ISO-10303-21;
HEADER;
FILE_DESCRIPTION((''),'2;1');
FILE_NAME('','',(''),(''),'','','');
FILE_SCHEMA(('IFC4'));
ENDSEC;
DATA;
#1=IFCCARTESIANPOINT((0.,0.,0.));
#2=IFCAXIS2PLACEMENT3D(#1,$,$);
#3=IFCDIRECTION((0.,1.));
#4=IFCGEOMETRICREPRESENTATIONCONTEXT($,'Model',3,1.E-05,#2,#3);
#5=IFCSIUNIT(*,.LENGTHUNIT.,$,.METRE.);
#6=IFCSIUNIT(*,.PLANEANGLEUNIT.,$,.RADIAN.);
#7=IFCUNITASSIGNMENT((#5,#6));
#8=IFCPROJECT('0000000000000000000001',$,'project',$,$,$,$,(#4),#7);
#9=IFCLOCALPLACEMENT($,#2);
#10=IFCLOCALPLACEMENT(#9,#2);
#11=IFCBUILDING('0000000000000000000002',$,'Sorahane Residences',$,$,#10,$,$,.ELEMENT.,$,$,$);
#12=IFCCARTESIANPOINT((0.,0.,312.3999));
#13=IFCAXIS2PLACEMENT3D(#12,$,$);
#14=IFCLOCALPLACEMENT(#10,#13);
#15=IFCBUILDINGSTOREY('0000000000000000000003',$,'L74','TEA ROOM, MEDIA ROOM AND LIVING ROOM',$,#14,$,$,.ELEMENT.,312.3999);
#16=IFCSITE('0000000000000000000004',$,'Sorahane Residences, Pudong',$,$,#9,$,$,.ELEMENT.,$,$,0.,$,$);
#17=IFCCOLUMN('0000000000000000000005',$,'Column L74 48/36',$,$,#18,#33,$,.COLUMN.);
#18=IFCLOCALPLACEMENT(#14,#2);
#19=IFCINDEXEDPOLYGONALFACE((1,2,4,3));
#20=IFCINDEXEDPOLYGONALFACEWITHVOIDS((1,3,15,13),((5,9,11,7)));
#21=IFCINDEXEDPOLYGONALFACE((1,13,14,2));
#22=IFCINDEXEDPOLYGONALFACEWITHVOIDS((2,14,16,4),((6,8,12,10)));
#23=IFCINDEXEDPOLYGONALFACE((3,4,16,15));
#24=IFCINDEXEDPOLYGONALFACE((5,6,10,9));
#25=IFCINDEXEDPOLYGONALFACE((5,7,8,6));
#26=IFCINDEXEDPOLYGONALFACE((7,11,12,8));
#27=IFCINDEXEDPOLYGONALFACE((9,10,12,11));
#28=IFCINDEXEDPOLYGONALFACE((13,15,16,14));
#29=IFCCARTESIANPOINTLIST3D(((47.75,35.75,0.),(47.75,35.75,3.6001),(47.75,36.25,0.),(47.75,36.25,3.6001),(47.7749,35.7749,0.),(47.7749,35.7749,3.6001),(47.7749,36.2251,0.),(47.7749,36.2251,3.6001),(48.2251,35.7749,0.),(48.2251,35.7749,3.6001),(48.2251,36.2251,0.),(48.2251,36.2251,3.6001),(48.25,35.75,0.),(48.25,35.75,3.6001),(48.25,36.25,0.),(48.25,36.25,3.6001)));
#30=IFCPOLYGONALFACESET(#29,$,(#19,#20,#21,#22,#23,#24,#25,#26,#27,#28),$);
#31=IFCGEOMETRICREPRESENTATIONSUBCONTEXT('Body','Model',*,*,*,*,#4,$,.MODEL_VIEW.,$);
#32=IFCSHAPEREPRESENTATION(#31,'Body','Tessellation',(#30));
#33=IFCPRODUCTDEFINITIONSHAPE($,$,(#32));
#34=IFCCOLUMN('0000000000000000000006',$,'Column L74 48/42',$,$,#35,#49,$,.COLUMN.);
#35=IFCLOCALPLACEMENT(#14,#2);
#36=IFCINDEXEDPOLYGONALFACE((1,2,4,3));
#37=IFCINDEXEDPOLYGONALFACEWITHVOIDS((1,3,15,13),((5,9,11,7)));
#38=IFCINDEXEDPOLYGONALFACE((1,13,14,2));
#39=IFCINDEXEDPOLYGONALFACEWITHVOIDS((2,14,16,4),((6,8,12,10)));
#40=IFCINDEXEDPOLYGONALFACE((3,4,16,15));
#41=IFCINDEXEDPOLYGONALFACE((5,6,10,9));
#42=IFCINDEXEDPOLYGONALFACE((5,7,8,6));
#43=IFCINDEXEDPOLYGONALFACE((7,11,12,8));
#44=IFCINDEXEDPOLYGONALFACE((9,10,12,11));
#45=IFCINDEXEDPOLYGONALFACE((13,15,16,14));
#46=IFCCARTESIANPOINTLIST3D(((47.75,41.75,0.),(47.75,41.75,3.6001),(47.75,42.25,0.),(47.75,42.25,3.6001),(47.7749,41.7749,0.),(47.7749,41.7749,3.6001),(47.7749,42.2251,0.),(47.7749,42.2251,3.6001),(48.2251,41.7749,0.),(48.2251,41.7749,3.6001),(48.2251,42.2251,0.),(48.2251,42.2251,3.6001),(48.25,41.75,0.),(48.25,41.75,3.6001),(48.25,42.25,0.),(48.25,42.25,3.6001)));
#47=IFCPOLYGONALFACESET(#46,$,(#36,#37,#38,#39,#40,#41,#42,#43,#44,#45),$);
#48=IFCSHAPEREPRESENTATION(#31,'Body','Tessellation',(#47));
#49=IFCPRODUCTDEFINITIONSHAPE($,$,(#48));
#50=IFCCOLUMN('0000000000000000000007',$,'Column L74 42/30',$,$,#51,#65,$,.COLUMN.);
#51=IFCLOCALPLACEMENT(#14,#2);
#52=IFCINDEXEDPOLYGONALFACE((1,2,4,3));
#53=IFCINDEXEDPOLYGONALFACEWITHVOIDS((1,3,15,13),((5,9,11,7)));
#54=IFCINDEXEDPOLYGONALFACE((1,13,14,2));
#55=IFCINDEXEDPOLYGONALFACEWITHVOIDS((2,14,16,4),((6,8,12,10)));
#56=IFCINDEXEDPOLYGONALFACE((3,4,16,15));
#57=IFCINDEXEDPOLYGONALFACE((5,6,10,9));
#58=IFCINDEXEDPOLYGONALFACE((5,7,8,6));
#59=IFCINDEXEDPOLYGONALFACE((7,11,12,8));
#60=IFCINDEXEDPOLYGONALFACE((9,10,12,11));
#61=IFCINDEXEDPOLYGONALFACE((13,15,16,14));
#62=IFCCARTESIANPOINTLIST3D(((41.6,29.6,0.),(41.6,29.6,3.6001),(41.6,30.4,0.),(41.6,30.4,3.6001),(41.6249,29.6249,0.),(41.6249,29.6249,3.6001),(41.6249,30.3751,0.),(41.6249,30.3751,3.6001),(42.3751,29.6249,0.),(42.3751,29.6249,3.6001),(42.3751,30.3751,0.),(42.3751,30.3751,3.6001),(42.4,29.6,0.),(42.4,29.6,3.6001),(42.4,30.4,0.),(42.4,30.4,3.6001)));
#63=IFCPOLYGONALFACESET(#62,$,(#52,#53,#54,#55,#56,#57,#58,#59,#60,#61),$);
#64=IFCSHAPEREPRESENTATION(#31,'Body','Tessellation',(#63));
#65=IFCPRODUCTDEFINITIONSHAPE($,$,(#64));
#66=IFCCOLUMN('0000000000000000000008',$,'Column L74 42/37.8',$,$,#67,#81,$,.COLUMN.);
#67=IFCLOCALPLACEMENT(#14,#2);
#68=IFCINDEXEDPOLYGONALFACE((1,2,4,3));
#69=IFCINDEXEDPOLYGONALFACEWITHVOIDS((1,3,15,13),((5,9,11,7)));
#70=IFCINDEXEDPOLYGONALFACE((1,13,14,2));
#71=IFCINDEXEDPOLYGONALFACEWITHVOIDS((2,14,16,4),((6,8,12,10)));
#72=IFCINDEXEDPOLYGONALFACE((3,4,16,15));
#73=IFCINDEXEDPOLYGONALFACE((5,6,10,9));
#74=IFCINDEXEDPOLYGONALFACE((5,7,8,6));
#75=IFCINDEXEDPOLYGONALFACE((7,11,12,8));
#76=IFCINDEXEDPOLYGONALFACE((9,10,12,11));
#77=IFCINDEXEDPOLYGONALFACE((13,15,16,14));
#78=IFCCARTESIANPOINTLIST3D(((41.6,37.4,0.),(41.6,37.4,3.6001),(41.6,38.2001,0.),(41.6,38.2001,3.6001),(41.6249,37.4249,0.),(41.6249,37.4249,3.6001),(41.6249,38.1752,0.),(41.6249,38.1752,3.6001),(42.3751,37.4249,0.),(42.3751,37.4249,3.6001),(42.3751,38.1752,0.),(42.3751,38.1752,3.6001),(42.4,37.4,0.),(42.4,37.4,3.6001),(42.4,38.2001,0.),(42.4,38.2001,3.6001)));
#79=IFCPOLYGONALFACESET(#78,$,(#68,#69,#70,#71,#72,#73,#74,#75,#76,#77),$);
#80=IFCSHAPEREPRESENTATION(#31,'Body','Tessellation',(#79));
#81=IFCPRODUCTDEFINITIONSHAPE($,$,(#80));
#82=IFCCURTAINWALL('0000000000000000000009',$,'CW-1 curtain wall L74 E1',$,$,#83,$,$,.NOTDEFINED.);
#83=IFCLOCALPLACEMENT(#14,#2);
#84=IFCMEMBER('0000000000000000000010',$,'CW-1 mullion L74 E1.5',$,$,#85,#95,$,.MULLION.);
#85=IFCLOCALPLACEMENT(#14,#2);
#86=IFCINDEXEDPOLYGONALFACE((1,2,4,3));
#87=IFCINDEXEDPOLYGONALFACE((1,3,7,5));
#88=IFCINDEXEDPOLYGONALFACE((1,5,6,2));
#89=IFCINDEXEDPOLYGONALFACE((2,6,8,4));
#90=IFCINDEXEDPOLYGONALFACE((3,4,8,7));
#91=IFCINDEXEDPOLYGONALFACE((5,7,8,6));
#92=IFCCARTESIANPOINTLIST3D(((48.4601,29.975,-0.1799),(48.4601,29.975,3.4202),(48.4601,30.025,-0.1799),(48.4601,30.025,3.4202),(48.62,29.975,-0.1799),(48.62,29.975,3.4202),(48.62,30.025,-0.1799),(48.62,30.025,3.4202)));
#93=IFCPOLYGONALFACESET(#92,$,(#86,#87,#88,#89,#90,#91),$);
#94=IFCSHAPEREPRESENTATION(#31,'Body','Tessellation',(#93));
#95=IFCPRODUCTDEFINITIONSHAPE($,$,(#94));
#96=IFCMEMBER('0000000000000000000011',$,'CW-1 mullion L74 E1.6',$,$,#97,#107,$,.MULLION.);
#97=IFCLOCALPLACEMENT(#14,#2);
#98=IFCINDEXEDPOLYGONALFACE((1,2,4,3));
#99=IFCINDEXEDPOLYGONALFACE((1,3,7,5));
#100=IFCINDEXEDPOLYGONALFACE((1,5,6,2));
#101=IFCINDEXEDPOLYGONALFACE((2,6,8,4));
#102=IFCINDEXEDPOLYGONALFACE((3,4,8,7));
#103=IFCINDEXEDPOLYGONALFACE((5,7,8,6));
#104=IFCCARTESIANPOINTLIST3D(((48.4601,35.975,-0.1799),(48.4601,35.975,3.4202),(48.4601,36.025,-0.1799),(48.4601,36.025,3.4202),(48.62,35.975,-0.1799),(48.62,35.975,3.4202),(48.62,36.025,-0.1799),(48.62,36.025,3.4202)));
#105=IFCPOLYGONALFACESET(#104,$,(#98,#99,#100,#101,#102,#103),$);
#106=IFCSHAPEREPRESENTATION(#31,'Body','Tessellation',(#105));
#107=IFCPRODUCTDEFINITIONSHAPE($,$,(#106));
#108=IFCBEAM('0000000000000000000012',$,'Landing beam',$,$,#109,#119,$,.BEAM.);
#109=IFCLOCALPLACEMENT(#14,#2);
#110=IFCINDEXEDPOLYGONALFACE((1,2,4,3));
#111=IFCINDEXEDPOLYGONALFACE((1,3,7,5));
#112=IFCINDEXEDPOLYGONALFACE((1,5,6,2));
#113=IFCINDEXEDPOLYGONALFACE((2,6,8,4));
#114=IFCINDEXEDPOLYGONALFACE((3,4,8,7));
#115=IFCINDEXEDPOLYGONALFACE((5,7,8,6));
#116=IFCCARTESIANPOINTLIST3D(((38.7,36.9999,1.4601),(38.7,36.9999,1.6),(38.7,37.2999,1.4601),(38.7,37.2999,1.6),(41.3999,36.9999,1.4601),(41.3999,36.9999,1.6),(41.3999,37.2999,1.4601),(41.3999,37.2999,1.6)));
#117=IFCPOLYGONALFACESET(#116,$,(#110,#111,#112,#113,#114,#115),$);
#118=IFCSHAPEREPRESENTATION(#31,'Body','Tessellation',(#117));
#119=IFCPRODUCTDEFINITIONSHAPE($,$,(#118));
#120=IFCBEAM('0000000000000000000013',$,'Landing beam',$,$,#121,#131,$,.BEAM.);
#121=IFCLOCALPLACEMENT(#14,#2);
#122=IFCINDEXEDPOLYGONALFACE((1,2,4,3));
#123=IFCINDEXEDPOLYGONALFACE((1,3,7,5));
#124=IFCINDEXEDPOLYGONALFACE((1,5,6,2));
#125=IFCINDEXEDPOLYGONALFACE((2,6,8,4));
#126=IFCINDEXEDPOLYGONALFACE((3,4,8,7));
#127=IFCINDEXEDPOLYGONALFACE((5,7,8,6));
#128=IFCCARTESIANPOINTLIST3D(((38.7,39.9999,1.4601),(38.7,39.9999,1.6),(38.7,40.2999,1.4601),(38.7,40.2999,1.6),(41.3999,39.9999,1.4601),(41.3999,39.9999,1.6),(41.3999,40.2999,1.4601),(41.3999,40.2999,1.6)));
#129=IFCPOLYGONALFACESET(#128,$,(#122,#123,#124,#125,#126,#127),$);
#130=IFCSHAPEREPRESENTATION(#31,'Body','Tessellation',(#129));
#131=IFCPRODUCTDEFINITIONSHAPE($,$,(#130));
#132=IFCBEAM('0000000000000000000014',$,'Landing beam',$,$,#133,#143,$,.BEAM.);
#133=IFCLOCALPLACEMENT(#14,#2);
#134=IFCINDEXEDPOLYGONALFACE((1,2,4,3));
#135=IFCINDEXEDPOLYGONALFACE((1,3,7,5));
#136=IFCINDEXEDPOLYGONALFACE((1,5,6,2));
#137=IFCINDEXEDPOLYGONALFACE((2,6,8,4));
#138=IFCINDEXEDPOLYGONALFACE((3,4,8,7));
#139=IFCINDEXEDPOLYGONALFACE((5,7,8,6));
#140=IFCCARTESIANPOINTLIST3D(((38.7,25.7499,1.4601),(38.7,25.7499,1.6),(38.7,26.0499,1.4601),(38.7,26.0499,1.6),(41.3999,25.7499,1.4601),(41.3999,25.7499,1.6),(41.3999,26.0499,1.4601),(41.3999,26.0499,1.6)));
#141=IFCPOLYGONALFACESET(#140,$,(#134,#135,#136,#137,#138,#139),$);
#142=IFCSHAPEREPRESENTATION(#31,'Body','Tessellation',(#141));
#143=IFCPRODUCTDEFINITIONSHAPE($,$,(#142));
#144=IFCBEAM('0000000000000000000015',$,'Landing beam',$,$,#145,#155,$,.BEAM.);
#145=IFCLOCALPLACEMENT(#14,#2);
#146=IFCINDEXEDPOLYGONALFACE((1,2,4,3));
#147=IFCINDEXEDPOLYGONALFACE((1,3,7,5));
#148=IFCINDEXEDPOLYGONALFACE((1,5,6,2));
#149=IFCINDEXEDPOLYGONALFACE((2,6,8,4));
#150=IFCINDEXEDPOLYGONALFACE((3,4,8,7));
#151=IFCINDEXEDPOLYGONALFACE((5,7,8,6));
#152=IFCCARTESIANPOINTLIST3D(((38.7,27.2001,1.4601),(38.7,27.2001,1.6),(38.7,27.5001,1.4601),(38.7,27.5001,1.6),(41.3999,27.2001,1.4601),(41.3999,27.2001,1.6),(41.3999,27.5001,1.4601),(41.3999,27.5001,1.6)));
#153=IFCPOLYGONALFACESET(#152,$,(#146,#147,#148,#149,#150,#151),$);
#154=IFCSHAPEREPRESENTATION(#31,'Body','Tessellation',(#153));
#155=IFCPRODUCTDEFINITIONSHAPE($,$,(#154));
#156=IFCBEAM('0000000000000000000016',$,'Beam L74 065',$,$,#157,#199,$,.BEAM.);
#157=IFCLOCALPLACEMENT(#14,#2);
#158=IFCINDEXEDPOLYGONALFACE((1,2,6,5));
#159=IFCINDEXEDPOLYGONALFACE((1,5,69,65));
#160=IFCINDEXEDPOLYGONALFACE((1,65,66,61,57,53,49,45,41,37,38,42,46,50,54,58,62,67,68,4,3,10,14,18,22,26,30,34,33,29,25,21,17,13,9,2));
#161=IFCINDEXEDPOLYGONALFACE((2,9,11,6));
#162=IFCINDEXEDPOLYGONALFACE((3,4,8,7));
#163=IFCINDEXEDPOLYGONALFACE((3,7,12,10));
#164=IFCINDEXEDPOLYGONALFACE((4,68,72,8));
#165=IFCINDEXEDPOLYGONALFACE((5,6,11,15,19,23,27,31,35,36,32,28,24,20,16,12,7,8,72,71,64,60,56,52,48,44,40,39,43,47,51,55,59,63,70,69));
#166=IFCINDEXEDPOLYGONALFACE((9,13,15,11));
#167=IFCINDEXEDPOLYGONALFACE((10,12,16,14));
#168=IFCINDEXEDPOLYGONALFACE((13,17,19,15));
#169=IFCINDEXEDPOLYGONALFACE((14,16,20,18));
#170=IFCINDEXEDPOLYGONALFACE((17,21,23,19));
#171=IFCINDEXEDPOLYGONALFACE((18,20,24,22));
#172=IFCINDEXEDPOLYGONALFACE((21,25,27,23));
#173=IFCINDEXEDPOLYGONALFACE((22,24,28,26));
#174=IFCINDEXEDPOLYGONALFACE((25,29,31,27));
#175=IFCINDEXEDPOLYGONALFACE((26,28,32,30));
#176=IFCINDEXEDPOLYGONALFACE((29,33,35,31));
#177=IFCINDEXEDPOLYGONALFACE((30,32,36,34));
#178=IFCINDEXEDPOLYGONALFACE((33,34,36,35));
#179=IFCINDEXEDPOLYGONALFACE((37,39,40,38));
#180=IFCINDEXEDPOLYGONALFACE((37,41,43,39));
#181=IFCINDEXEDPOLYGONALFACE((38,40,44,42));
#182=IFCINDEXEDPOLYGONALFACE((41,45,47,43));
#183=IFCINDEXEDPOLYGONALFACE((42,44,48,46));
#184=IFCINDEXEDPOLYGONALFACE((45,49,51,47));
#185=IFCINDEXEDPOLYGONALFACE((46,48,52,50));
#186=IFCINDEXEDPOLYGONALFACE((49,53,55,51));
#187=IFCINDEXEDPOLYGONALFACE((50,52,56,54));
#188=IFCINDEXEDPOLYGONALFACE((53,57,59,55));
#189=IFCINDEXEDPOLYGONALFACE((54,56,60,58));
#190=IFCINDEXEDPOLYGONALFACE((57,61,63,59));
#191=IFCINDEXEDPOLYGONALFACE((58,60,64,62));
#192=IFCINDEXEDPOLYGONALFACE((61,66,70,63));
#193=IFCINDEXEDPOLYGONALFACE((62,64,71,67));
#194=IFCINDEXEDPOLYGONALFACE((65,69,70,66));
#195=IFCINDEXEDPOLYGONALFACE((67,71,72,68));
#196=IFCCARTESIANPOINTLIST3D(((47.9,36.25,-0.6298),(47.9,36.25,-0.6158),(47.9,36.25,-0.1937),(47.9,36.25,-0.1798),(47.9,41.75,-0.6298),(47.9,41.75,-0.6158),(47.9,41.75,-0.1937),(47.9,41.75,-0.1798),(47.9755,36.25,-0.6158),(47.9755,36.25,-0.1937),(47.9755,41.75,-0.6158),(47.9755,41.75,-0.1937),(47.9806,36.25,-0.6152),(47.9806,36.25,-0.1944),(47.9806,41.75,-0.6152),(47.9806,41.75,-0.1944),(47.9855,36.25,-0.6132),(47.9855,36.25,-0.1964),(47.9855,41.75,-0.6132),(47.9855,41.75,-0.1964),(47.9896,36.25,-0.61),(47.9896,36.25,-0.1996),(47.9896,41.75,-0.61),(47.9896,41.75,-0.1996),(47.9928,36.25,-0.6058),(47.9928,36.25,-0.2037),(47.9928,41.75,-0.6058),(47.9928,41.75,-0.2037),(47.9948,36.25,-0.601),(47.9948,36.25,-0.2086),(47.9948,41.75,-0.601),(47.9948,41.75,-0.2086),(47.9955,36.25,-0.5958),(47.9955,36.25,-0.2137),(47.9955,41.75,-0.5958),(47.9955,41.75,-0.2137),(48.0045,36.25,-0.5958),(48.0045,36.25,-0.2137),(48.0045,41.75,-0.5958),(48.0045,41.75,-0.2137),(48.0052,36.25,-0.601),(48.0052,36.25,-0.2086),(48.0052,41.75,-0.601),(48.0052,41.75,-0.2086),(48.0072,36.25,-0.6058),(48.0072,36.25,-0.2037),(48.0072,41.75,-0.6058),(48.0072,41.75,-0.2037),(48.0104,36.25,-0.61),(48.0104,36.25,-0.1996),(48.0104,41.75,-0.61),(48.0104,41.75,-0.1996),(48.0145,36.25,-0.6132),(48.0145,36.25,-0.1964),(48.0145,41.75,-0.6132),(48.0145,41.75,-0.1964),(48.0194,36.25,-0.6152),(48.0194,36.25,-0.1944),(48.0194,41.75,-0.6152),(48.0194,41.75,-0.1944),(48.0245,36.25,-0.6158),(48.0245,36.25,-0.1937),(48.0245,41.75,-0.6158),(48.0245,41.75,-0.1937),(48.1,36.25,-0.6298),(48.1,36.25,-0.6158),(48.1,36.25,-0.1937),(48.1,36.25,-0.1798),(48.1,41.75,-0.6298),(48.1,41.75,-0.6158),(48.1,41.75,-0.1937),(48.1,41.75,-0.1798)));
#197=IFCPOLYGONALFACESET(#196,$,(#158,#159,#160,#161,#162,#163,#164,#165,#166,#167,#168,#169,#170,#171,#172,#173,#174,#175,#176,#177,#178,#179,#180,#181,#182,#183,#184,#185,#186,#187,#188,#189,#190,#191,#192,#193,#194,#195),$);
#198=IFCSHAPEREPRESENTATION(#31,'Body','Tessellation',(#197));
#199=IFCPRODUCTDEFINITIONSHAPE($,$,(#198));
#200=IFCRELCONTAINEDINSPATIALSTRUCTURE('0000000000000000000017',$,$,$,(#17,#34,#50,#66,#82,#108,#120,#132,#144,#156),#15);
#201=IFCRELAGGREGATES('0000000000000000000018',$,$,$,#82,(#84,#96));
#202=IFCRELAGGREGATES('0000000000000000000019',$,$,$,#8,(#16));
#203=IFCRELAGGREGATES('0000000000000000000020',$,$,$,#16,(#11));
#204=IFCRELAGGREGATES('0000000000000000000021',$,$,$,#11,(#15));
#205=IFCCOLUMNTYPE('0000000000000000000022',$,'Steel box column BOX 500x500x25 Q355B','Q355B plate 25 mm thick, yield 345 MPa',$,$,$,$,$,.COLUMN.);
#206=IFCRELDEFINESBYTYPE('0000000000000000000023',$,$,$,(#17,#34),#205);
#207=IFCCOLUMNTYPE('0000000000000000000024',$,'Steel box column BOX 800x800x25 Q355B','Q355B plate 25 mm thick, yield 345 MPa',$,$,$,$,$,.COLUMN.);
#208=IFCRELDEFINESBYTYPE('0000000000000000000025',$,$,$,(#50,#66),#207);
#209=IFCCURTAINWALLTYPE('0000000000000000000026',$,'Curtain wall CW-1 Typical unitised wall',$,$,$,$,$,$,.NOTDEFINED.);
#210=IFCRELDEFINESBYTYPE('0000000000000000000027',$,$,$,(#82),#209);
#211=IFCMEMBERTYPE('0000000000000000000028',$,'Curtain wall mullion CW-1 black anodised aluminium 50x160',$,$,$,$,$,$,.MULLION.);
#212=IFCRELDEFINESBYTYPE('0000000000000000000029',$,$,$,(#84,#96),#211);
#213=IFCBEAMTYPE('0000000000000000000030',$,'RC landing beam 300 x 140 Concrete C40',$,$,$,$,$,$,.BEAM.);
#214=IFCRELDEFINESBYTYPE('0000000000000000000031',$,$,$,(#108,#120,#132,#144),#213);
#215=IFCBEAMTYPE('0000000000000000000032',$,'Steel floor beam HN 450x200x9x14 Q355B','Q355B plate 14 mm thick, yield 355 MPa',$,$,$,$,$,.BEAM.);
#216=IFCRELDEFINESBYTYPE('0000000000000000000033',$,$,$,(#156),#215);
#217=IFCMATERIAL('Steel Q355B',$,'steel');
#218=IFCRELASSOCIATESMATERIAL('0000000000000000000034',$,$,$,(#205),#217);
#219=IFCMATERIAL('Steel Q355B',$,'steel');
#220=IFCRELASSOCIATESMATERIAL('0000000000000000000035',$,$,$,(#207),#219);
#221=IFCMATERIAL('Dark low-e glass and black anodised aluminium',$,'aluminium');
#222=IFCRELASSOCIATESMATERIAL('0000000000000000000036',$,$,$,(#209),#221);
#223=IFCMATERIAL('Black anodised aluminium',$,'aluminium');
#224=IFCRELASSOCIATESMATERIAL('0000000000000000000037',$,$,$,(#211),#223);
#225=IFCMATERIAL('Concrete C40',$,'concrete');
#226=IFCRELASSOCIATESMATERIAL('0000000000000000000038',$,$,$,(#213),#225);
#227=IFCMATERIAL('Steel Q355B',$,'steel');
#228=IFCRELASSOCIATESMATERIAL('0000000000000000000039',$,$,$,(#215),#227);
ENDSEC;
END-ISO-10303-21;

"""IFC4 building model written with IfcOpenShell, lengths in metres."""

from ifc_helpers import new_model, si_unit, direction, frame, origin, origin_2d, place, context, subcontext, project, spatial, rectangle, hollow_rectangle, i_section, extrude, material, material_profile, profile_set, type_object, element, aggregate, save


model = new_model("IFC4")

# Units and contexts
model_context = context("Model", 3, precision=1e-05, world=origin(), true_north=direction((0.0, 1.0)))
body_context = subcontext(model_context, "Body", "Model", "MODEL_VIEW")
ifc_project = project(units=[si_unit("LENGTHUNIT", "METRE"), si_unit("PLANEANGLEUNIT", "RADIAN")], contexts=[model_context])

# Site, building, storey
site_placement = place(None, origin())
site = spatial("IfcSite", under=ifc_project, at=site_placement, Name="Sorahane Residences, Pudong", CompositionType="ELEMENT", RefElevation=0.0)
building_placement = place(site_placement, origin())
building = spatial("IfcBuilding", under=site, at=building_placement, Name="Sorahane Residences", CompositionType="ELEMENT")
storey_placement = place(building_placement, frame((0.0, 0.0, 312.3999)))
storey = spatial("IfcBuildingStorey", under=building, at=storey_placement, Name="L74", Description="TEA ROOM, MEDIA ROOM AND LIVING ROOM", CompositionType="ELEMENT", Elevation=312.3999)

# Columns
ifc_material_1 = material(Name="Steel Q355B", Category="steel")
ifc_material_profile_1 = material_profile(ifc_material_1, hollow_rectangle(XDim=0.5, YDim=0.5, WallThickness=0.0249, at=origin_2d()), Name="BOX 500x500x25")
ifc_profile_set_1 = profile_set([ifc_material_profile_1], Name="Steel Q355B")
column_type_1 = type_object("IfcColumnType", Name="Steel box column BOX 500x500x25 Q355B", Description="Q355B plate 25 mm thick, yield 345 MPa", PredefinedType="COLUMN", material=ifc_profile_set_1)
for number, where, z_axis, x_axis, name in (
    (1, (48.0, 36.0, 0.0), (0.0, 0.0, 1.0), (1.0, 0.0, 0.0), "Column L74 48/36"),
    (2, (48.0, 42.0, 0.0), (0.0, 0.0, 1.0), (1.0, 0.0, 0.0), "Column L74 48/42"),
):
    element("IfcColumn", number, at=place(storey_placement, frame(where, z_axis=z_axis, x_axis=x_axis)), inside=storey, type_object=column_type_1, Name=name, PredefinedType="COLUMN", context=body_context, shape_type="SweptSolid", body=[
        extrude(hollow_rectangle(XDim=0.5, YDim=0.5, WallThickness=0.0249, at=origin_2d()), origin(), (0.0, 0.0, 1.0), 3.6001),
    ])
ifc_material_2 = material(Name="Steel Q355B", Category="steel")
ifc_material_profile_2 = material_profile(ifc_material_2, hollow_rectangle(XDim=0.8, YDim=0.8, WallThickness=0.0249, at=origin_2d()), Name="BOX 800x800x25")
ifc_profile_set_2 = profile_set([ifc_material_profile_2], Name="Steel Q355B")
column_type_2 = type_object("IfcColumnType", Name="Steel box column BOX 800x800x25 Q355B", Description="Q355B plate 25 mm thick, yield 345 MPa", PredefinedType="COLUMN", material=ifc_profile_set_2)
for number, where, z_axis, x_axis, name in (
    (3, (42.0, 30.0, 0.0), (0.0, 0.0, 1.0), (1.0, 0.0, 0.0), "Column L74 42/30"),
    (4, (42.0, 37.8, 0.0), (0.0, 0.0, 1.0), (1.0, 0.0, 0.0), "Column L74 42/37.8"),
):
    element("IfcColumn", number, at=place(storey_placement, frame(where, z_axis=z_axis, x_axis=x_axis)), inside=storey, type_object=column_type_2, Name=name, PredefinedType="COLUMN", context=body_context, shape_type="SweptSolid", body=[
        extrude(hollow_rectangle(XDim=0.8, YDim=0.8, WallThickness=0.0249, at=origin_2d()), origin(), (0.0, 0.0, 1.0), 3.6001),
    ])

# Curtain wall, members
ifc_material_3 = material(Name="Dark low-e glass and black anodised aluminium", Category="aluminium")
curtain_wall_type = type_object("IfcCurtainWallType", Name="Curtain wall CW-1 Typical unitised wall", PredefinedType="NOTDEFINED", material=ifc_material_3)
curtain_wall_placement = place(storey_placement, origin())
curtain_wall = element("IfcCurtainWall", 5, at=curtain_wall_placement, inside=storey, type_object=curtain_wall_type, Name="CW-1 curtain wall L74 E1", PredefinedType="NOTDEFINED")
ifc_material_4 = material(Name="Black anodised aluminium", Category="aluminium")
ifc_material_profile_3 = material_profile(ifc_material_4, rectangle(XDim=0.1599, YDim=0.05, at=origin_2d()), Name="Curtain wall mullion CW-1 black anodised aluminium 50x160")
ifc_profile_set_3 = profile_set([ifc_material_profile_3], Name="Black anodised aluminium")
member_type = type_object("IfcMemberType", Name="Curtain wall mullion CW-1 black anodised aluminium 50x160", PredefinedType="MULLION", material=ifc_profile_set_3)
member_1_placement = place(storey_placement, frame((48.54, 30.0, -0.1799), z_axis=(0.0, 0.0, 1.0), x_axis=(1.0, 0.0, 0.0)))
member_1 = element("IfcMember", 6, at=member_1_placement, type_object=member_type, Name="CW-1 mullion L74 E1.5", PredefinedType="MULLION", context=body_context, shape_type="SweptSolid", body=[
    extrude(rectangle(XDim=0.1599, YDim=0.05, at=origin_2d()), origin(), (0.0, 0.0, 1.0), 3.6001),
])
member_2_placement = place(storey_placement, frame((48.54, 36.0, -0.1799), z_axis=(0.0, 0.0, 1.0), x_axis=(1.0, 0.0, 0.0)))
member_2 = element("IfcMember", 7, at=member_2_placement, type_object=member_type, Name="CW-1 mullion L74 E1.6", PredefinedType="MULLION", context=body_context, shape_type="SweptSolid", body=[
    extrude(rectangle(XDim=0.1599, YDim=0.05, at=origin_2d()), origin(), (0.0, 0.0, 1.0), 3.6001),
])

# Beams
ifc_material_5 = material(Name="Concrete C40", Category="concrete")
ifc_material_profile_4 = material_profile(ifc_material_5, rectangle(XDim=0.3, YDim=0.1399, at=origin_2d()), Name="300x140")
ifc_profile_set_4 = profile_set([ifc_material_profile_4], Name="Concrete C40")
beam_type_1 = type_object("IfcBeamType", Name="RC landing beam 300 x 140 Concrete C40", PredefinedType="BEAM", material=ifc_profile_set_4)
for number, where, z_axis, x_axis, name in (
    (8, (38.7, 37.1499, 1.53), (1.0, 0.0, 0.0), (0.0, 1.0, 0.0), "Landing beam"),
    (9, (38.7, 40.1499, 1.53), (1.0, 0.0, 0.0), (0.0, 1.0, 0.0), "Landing beam"),
    (10, (38.7, 25.8999, 1.53), (1.0, 0.0, 0.0), (0.0, 1.0, 0.0), "Landing beam"),
    (11, (38.7, 27.3501, 1.53), (1.0, 0.0, 0.0), (0.0, 1.0, 0.0), "Landing beam"),
):
    element("IfcBeam", number, at=place(storey_placement, frame(where, z_axis=z_axis, x_axis=x_axis)), inside=storey, type_object=beam_type_1, Name=name, PredefinedType="BEAM", context=body_context, shape_type="SweptSolid", body=[
        extrude(rectangle(XDim=0.3, YDim=0.1399, at=origin_2d()), origin(), (0.0, 0.0, 1.0), 2.7),
    ])
ifc_material_6 = material(Name="Steel Q355B", Category="steel")
ifc_material_profile_5 = material_profile(ifc_material_6, i_section(OverallWidth=0.2, OverallDepth=0.45, WebThickness=0.009, FlangeThickness=0.0139, FilletRadius=0.02, at=origin_2d()), Name="HN 450x200x9x14")
ifc_profile_set_5 = profile_set([ifc_material_profile_5], Name="Steel Q355B")
beam_type_2 = type_object("IfcBeamType", Name="Steel floor beam HN 450x200x9x14 Q355B", Description="Q355B plate 14 mm thick, yield 355 MPa", PredefinedType="BEAM", material=ifc_profile_set_5)
beam_1_placement = place(storey_placement, frame((48.0, 36.25, -0.4048), z_axis=(0.0, 1.0, 0.0), x_axis=(-1.0, 0.0, 0.0)))
element("IfcBeam", 12, at=beam_1_placement, inside=storey, type_object=beam_type_2, Name="Beam L74 065", PredefinedType="BEAM", context=body_context, shape_type="SweptSolid", body=[
    extrude(i_section(OverallWidth=0.2, OverallDepth=0.45, WebThickness=0.009, FlangeThickness=0.0139, FilletRadius=0.02, at=origin_2d()), origin(), (0.0, 0.0, 1.0), 5.5),
])

aggregate(curtain_wall, [member_1, member_2])

save(model, "model.ifc")
